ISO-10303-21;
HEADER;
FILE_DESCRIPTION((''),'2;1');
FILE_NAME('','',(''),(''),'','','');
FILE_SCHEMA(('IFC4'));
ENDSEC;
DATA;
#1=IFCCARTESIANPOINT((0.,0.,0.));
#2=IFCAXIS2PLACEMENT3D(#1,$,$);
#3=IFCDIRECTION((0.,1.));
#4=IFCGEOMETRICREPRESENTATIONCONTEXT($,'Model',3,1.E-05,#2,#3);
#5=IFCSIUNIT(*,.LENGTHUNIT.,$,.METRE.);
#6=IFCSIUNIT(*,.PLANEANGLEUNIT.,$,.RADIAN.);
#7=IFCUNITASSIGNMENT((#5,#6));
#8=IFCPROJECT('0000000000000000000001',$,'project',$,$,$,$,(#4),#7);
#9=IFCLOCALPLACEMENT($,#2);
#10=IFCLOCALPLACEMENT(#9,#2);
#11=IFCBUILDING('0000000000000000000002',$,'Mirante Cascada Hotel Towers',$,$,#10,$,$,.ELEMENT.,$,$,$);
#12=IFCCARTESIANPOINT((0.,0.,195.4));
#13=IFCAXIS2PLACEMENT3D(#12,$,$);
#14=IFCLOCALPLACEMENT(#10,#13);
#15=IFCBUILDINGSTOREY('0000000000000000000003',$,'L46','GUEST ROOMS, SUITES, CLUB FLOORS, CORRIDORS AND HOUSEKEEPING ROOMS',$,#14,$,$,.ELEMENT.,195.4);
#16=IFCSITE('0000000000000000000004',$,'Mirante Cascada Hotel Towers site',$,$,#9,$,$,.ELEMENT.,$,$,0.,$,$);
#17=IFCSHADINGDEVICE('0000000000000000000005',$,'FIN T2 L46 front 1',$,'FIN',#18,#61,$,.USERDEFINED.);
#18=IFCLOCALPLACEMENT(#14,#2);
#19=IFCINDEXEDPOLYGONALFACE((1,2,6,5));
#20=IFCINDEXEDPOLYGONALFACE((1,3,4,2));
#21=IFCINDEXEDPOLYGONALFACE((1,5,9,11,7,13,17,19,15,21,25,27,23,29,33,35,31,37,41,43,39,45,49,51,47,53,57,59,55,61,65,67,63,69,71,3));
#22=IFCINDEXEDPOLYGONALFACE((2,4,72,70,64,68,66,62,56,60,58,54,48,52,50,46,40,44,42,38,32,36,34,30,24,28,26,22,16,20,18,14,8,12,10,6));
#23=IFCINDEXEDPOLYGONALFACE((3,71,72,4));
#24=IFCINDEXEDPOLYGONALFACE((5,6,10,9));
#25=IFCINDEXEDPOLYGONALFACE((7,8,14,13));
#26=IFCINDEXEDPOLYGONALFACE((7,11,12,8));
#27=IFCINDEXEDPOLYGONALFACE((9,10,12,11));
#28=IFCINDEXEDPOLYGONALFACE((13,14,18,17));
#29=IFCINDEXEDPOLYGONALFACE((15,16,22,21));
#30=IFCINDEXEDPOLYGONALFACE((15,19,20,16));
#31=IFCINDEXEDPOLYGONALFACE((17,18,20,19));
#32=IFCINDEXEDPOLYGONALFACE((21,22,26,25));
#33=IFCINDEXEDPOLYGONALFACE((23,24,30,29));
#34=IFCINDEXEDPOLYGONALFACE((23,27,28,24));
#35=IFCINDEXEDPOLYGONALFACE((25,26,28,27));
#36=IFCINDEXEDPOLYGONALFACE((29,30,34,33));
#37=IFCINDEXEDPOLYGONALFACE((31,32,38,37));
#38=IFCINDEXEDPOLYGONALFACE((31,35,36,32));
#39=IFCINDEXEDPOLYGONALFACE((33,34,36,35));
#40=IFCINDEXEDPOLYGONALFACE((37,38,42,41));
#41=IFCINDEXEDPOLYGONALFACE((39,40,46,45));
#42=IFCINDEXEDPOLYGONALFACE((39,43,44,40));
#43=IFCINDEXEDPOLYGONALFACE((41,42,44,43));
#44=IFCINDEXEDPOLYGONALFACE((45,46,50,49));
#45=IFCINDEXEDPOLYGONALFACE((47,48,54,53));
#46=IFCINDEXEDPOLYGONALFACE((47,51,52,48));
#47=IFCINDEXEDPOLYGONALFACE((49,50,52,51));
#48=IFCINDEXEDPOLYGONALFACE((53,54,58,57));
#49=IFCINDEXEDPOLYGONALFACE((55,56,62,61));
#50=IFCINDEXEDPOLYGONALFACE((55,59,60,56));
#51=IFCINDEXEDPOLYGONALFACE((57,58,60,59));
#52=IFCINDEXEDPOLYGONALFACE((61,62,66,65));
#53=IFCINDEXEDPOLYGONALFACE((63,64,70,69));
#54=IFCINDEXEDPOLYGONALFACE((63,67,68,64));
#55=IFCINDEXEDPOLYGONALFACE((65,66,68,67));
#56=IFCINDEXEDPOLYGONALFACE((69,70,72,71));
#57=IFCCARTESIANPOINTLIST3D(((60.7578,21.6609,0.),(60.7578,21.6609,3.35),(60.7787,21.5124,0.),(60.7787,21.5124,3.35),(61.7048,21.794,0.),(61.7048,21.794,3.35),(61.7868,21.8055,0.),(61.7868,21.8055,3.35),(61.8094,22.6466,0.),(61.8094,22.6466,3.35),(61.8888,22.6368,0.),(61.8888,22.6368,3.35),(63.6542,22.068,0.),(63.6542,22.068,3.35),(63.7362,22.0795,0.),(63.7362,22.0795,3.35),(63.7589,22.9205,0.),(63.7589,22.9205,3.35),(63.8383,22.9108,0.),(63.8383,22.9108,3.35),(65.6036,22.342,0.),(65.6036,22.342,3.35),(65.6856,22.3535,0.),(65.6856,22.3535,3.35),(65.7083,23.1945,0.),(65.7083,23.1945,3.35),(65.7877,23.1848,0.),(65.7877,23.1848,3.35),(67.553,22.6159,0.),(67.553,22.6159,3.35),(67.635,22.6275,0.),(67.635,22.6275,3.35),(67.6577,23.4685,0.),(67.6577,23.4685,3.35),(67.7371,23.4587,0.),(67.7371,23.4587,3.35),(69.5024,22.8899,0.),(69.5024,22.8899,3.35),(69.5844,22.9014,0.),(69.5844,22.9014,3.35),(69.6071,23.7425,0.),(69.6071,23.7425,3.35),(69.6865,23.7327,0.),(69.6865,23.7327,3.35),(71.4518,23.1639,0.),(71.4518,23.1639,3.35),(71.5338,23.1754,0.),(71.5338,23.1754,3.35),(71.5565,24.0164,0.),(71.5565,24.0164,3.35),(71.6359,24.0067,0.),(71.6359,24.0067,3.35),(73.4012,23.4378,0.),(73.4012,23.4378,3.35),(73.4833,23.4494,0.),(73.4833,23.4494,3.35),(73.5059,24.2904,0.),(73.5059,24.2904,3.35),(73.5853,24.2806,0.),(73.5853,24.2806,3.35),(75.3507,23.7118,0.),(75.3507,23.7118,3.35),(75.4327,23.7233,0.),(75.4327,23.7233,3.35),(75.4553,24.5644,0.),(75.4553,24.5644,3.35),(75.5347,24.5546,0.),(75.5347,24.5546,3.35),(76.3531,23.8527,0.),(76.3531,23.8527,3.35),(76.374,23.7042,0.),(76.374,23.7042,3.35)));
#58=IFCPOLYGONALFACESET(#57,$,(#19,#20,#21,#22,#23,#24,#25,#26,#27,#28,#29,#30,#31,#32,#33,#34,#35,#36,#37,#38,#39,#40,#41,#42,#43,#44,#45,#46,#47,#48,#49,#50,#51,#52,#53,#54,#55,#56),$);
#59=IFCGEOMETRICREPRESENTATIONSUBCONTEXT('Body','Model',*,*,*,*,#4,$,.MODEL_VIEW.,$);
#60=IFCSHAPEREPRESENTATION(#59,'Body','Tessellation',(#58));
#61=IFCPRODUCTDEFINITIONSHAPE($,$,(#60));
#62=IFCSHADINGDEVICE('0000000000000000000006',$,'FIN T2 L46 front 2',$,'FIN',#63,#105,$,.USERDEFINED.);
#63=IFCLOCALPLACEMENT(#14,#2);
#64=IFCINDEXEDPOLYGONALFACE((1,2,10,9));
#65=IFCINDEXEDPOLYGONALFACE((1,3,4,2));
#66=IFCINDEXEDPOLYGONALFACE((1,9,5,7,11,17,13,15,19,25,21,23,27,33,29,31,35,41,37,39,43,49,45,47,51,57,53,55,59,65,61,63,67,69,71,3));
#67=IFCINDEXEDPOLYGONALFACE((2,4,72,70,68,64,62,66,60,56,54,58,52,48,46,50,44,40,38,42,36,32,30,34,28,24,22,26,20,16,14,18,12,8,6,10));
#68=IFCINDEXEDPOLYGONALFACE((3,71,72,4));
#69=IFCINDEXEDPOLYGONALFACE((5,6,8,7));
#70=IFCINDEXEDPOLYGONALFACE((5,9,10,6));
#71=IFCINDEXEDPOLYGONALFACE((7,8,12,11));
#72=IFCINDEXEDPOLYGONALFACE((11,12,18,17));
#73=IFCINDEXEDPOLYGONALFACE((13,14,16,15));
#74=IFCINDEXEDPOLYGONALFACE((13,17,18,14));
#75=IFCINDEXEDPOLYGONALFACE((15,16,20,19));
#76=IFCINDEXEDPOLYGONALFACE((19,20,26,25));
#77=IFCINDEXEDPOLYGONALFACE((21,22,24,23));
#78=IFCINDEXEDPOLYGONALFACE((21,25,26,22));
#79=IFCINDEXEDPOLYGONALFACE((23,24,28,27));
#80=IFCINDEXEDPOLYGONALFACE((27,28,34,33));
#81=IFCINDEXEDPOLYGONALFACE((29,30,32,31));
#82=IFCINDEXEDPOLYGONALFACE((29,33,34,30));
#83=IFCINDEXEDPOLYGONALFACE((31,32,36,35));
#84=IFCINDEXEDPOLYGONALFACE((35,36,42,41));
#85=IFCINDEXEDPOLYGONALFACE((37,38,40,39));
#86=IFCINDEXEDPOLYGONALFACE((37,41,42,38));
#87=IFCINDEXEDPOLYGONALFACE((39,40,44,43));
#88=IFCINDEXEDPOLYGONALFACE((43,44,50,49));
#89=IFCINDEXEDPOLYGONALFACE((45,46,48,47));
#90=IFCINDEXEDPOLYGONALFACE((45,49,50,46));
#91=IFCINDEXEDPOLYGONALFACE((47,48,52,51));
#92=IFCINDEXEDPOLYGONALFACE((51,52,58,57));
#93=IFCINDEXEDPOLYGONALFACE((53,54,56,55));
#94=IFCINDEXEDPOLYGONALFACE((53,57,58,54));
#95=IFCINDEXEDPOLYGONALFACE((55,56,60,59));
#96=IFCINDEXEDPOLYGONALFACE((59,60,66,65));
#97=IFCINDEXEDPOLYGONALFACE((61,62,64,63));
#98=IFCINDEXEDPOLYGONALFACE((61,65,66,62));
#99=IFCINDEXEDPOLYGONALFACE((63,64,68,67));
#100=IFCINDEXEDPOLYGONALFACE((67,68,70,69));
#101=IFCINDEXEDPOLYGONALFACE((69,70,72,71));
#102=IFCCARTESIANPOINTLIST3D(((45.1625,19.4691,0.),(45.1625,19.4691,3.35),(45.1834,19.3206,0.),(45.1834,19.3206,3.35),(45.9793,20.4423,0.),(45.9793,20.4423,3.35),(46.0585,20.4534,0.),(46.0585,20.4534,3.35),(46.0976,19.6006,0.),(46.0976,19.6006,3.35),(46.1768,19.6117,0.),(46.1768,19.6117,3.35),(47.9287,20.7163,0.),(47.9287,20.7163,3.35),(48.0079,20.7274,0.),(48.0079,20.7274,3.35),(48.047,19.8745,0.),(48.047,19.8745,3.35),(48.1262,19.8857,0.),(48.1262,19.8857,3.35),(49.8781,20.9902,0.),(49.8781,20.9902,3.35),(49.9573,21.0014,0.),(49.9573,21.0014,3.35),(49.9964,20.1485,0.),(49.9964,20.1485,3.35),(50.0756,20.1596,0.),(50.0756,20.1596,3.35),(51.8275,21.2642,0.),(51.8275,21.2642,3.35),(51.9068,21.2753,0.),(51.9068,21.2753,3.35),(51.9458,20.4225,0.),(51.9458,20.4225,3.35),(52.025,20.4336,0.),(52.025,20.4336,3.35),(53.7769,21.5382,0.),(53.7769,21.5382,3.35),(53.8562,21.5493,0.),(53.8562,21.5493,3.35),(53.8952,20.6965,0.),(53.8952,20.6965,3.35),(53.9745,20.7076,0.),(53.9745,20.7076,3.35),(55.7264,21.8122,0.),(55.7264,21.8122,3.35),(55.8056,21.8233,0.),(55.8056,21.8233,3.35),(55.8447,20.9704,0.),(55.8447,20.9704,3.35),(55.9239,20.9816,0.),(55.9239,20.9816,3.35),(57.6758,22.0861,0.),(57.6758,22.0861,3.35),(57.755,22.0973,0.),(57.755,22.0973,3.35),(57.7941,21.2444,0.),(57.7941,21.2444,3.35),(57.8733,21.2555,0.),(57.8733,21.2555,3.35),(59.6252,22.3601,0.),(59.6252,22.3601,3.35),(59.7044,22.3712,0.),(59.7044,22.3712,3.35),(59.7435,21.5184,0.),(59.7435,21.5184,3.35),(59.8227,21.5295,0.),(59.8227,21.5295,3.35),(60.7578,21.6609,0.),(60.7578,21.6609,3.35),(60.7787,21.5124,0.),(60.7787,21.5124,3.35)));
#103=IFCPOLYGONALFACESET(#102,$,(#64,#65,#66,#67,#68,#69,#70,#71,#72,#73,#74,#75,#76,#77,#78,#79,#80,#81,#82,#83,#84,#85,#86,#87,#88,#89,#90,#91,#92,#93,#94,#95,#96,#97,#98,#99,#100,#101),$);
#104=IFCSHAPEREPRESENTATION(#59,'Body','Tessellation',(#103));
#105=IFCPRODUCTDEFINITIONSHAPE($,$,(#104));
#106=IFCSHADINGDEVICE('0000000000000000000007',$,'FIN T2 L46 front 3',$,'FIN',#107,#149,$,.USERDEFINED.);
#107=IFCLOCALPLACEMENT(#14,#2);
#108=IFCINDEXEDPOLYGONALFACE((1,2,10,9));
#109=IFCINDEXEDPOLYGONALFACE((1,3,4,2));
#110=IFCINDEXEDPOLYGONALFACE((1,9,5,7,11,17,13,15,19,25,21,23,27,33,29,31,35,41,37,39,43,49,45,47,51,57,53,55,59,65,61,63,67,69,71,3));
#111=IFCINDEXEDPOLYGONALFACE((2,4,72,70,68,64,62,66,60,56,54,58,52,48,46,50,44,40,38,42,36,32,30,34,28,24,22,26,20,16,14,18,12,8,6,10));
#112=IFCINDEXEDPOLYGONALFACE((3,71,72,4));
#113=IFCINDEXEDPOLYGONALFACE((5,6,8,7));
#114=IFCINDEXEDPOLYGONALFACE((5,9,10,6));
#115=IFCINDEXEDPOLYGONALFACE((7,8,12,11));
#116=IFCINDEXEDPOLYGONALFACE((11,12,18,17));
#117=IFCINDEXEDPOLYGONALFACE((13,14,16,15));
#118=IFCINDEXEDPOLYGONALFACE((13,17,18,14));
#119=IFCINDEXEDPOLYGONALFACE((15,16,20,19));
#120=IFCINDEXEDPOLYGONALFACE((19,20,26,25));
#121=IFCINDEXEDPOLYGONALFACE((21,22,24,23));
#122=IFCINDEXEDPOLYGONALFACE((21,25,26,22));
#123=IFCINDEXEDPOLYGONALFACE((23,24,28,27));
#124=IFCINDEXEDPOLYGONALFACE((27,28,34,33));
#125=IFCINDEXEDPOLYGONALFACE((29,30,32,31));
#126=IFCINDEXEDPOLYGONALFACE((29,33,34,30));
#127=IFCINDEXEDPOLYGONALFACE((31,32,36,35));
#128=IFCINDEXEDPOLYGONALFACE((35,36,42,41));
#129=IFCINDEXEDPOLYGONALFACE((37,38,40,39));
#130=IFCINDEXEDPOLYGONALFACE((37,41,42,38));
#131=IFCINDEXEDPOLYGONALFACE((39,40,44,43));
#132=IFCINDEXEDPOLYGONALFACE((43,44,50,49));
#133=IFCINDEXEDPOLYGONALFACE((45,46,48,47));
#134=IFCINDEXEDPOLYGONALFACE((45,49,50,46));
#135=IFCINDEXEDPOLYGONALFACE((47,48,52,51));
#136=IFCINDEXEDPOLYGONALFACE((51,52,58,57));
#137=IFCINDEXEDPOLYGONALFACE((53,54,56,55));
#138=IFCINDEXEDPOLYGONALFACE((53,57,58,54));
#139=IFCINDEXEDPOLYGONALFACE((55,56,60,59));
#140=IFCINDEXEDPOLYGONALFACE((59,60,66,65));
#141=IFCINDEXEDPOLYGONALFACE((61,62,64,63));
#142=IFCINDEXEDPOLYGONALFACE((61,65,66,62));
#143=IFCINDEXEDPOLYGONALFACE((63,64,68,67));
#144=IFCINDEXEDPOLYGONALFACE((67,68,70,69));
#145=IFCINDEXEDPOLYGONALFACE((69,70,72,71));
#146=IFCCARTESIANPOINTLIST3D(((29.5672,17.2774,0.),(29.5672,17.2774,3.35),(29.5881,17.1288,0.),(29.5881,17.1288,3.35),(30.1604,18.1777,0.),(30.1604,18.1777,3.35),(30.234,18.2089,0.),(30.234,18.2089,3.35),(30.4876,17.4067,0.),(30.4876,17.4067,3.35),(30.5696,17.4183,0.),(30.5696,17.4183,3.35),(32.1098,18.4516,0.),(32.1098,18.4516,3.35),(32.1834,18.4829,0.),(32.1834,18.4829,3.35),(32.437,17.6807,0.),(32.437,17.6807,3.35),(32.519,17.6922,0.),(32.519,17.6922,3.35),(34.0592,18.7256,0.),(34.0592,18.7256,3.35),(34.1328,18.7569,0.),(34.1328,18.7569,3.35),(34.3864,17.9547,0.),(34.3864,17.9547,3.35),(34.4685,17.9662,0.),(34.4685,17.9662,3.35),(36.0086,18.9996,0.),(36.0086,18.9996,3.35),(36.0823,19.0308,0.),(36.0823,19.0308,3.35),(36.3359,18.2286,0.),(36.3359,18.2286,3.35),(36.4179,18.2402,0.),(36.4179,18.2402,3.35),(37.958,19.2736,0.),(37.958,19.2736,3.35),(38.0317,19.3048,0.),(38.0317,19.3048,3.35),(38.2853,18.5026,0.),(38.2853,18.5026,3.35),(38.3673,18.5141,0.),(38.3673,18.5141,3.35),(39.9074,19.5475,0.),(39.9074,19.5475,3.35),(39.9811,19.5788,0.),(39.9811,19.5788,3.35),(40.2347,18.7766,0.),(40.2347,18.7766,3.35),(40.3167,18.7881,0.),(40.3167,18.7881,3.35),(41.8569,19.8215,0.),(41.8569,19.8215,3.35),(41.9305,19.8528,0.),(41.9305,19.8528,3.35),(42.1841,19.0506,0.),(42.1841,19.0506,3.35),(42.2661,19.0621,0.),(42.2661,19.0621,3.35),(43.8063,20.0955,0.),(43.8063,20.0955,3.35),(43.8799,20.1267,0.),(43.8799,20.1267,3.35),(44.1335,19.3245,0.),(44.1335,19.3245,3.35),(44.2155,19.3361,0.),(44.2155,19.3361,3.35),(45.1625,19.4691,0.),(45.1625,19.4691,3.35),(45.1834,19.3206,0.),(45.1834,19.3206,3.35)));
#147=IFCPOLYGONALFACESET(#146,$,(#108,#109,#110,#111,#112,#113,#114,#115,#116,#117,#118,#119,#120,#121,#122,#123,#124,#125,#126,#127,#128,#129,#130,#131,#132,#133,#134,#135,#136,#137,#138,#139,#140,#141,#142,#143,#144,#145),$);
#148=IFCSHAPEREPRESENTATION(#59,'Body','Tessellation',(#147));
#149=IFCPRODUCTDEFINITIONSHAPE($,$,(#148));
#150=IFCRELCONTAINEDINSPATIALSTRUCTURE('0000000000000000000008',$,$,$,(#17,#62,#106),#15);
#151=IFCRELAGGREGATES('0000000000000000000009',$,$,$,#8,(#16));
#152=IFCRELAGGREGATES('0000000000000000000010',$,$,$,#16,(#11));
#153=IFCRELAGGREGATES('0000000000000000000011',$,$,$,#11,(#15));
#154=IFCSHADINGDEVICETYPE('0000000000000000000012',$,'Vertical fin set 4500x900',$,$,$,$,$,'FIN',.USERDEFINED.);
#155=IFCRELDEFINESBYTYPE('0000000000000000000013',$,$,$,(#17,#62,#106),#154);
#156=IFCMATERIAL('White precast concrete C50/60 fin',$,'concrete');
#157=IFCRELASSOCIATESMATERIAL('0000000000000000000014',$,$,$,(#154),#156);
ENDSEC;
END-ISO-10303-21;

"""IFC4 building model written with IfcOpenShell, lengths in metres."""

from ifc_helpers import new_model, si_unit, direction, frame, origin, place, context, subcontext, project, spatial, polyline, outline, extrude, material, type_object, element, save


model = new_model("IFC4")

# Units and contexts
model_context = context("Model", 3, precision=1e-05, world=origin(), true_north=direction((0.0, 1.0)))
body_context = subcontext(model_context, "Body", "Model", "MODEL_VIEW")
ifc_project = project(units=[si_unit("LENGTHUNIT", "METRE"), si_unit("PLANEANGLEUNIT", "RADIAN")], contexts=[model_context])

# Site, building, storey
site_placement = place(None, origin())
site = spatial("IfcSite", under=ifc_project, at=site_placement, Name="Mirante Cascada Hotel Towers site", CompositionType="ELEMENT", RefElevation=0.0)
building_placement = place(site_placement, origin())
building = spatial("IfcBuilding", under=site, at=building_placement, Name="Mirante Cascada Hotel Towers", CompositionType="ELEMENT")
storey_placement = place(building_placement, frame((0.0, 0.0, 195.4)))
storey = spatial("IfcBuildingStorey", under=building, at=storey_placement, Name="L46", Description="GUEST ROOMS, SUITES, CLUB FLOORS, CORRIDORS AND HOUSEKEEPING ROOMS", CompositionType="ELEMENT", Elevation=195.4)

# Shading devices
ifc_material_1 = material(Name="White precast concrete C50/60 fin", Category="concrete")
shading_device_type = type_object("IfcShadingDeviceType", Name="Vertical fin set 4500x900", ElementType="FIN", PredefinedType="USERDEFINED", material=ifc_material_1)
shading_device_1_placement = place(storey_placement, origin())
element("IfcShadingDevice", 1, at=shading_device_1_placement, inside=storey, type_object=shading_device_type, Name="FIN T2 L46 front 1", ObjectType="FIN", PredefinedType="USERDEFINED", context=body_context, shape_type="SweptSolid", body=[
    extrude(outline(polyline([(61.8888, 22.6368), (61.7868, 21.8055), (63.6542, 22.068), (63.7589, 22.9205), (63.8383, 22.9108), (63.7362, 22.0795), (65.6036, 22.342), (65.7083, 23.1945), (65.7877, 23.1848), (65.6856, 22.3535), (67.553, 22.6159), (67.6577, 23.4685), (67.7371, 23.4587), (67.635, 22.6275), (69.5024, 22.8899), (69.6071, 23.7425), (69.6865, 23.7327), (69.5844, 22.9014), (71.4518, 23.1639), (71.5565, 24.0164), (71.6359, 24.0067), (71.5338, 23.1754), (73.4012, 23.4378), (73.5059, 24.2904), (73.5853, 24.2806), (73.4833, 23.4494), (75.3507, 23.7118), (75.4553, 24.5644), (75.5347, 24.5546), (75.4327, 23.7233), (76.3531, 23.8527), (76.374, 23.7042), (60.7787, 21.5124), (60.7578, 21.6609), (61.7048, 21.794), (61.8094, 22.6466), (61.8888, 22.6368)])), origin(), (0.0, 0.0, 1.0), 3.35),
])
shading_device_2_placement = place(storey_placement, origin())
element("IfcShadingDevice", 2, at=shading_device_2_placement, inside=storey, type_object=shading_device_type, Name="FIN T2 L46 front 2", ObjectType="FIN", PredefinedType="USERDEFINED", context=body_context, shape_type="SweptSolid", body=[
    extrude(outline(polyline([(46.0585, 20.4534), (46.1768, 19.6117), (48.047, 19.8745), (47.9287, 20.7163), (48.0079, 20.7274), (48.1262, 19.8857), (49.9964, 20.1485), (49.8781, 20.9902), (49.9573, 21.0014), (50.0756, 20.1596), (51.9458, 20.4225), (51.8275, 21.2642), (51.9068, 21.2753), (52.025, 20.4336), (53.8952, 20.6965), (53.7769, 21.5382), (53.8562, 21.5493), (53.9745, 20.7076), (55.8447, 20.9704), (55.7264, 21.8122), (55.8056, 21.8233), (55.9239, 20.9816), (57.7941, 21.2444), (57.6758, 22.0861), (57.755, 22.0973), (57.8733, 21.2555), (59.7435, 21.5184), (59.6252, 22.3601), (59.7044, 22.3712), (59.8227, 21.5295), (60.7578, 21.6609), (60.7787, 21.5124), (45.1834, 19.3206), (45.1625, 19.4691), (46.0976, 19.6006), (45.9793, 20.4423), (46.0585, 20.4534)])), origin(), (0.0, 0.0, 1.0), 3.35),
])
shading_device_3_placement = place(storey_placement, origin())
element("IfcShadingDevice", 3, at=shading_device_3_placement, inside=storey, type_object=shading_device_type, Name="FIN T2 L46 front 3", ObjectType="FIN", PredefinedType="USERDEFINED", context=body_context, shape_type="SweptSolid", body=[
    extrude(outline(polyline([(30.234, 18.2089), (30.5696, 17.4183), (32.437, 17.6807), (32.1098, 18.4516), (32.1834, 18.4829), (32.519, 17.6922), (34.3864, 17.9547), (34.0592, 18.7256), (34.1328, 18.7569), (34.4685, 17.9662), (36.3359, 18.2286), (36.0086, 18.9996), (36.0823, 19.0308), (36.4179, 18.2402), (38.2853, 18.5026), (37.958, 19.2736), (38.0317, 19.3048), (38.3673, 18.5141), (40.2347, 18.7766), (39.9074, 19.5475), (39.9811, 19.5788), (40.3167, 18.7881), (42.1841, 19.0506), (41.8569, 19.8215), (41.9305, 19.8528), (42.2661, 19.0621), (44.1335, 19.3245), (43.8063, 20.0955), (43.8799, 20.1267), (44.2155, 19.3361), (45.1625, 19.4691), (45.1834, 19.3206), (29.5881, 17.1288), (29.5672, 17.2774), (30.4876, 17.4067), (30.1604, 18.1777), (30.234, 18.2089)])), origin(), (0.0, 0.0, 1.0), 3.35),
])

save(model, "model.ifc")
